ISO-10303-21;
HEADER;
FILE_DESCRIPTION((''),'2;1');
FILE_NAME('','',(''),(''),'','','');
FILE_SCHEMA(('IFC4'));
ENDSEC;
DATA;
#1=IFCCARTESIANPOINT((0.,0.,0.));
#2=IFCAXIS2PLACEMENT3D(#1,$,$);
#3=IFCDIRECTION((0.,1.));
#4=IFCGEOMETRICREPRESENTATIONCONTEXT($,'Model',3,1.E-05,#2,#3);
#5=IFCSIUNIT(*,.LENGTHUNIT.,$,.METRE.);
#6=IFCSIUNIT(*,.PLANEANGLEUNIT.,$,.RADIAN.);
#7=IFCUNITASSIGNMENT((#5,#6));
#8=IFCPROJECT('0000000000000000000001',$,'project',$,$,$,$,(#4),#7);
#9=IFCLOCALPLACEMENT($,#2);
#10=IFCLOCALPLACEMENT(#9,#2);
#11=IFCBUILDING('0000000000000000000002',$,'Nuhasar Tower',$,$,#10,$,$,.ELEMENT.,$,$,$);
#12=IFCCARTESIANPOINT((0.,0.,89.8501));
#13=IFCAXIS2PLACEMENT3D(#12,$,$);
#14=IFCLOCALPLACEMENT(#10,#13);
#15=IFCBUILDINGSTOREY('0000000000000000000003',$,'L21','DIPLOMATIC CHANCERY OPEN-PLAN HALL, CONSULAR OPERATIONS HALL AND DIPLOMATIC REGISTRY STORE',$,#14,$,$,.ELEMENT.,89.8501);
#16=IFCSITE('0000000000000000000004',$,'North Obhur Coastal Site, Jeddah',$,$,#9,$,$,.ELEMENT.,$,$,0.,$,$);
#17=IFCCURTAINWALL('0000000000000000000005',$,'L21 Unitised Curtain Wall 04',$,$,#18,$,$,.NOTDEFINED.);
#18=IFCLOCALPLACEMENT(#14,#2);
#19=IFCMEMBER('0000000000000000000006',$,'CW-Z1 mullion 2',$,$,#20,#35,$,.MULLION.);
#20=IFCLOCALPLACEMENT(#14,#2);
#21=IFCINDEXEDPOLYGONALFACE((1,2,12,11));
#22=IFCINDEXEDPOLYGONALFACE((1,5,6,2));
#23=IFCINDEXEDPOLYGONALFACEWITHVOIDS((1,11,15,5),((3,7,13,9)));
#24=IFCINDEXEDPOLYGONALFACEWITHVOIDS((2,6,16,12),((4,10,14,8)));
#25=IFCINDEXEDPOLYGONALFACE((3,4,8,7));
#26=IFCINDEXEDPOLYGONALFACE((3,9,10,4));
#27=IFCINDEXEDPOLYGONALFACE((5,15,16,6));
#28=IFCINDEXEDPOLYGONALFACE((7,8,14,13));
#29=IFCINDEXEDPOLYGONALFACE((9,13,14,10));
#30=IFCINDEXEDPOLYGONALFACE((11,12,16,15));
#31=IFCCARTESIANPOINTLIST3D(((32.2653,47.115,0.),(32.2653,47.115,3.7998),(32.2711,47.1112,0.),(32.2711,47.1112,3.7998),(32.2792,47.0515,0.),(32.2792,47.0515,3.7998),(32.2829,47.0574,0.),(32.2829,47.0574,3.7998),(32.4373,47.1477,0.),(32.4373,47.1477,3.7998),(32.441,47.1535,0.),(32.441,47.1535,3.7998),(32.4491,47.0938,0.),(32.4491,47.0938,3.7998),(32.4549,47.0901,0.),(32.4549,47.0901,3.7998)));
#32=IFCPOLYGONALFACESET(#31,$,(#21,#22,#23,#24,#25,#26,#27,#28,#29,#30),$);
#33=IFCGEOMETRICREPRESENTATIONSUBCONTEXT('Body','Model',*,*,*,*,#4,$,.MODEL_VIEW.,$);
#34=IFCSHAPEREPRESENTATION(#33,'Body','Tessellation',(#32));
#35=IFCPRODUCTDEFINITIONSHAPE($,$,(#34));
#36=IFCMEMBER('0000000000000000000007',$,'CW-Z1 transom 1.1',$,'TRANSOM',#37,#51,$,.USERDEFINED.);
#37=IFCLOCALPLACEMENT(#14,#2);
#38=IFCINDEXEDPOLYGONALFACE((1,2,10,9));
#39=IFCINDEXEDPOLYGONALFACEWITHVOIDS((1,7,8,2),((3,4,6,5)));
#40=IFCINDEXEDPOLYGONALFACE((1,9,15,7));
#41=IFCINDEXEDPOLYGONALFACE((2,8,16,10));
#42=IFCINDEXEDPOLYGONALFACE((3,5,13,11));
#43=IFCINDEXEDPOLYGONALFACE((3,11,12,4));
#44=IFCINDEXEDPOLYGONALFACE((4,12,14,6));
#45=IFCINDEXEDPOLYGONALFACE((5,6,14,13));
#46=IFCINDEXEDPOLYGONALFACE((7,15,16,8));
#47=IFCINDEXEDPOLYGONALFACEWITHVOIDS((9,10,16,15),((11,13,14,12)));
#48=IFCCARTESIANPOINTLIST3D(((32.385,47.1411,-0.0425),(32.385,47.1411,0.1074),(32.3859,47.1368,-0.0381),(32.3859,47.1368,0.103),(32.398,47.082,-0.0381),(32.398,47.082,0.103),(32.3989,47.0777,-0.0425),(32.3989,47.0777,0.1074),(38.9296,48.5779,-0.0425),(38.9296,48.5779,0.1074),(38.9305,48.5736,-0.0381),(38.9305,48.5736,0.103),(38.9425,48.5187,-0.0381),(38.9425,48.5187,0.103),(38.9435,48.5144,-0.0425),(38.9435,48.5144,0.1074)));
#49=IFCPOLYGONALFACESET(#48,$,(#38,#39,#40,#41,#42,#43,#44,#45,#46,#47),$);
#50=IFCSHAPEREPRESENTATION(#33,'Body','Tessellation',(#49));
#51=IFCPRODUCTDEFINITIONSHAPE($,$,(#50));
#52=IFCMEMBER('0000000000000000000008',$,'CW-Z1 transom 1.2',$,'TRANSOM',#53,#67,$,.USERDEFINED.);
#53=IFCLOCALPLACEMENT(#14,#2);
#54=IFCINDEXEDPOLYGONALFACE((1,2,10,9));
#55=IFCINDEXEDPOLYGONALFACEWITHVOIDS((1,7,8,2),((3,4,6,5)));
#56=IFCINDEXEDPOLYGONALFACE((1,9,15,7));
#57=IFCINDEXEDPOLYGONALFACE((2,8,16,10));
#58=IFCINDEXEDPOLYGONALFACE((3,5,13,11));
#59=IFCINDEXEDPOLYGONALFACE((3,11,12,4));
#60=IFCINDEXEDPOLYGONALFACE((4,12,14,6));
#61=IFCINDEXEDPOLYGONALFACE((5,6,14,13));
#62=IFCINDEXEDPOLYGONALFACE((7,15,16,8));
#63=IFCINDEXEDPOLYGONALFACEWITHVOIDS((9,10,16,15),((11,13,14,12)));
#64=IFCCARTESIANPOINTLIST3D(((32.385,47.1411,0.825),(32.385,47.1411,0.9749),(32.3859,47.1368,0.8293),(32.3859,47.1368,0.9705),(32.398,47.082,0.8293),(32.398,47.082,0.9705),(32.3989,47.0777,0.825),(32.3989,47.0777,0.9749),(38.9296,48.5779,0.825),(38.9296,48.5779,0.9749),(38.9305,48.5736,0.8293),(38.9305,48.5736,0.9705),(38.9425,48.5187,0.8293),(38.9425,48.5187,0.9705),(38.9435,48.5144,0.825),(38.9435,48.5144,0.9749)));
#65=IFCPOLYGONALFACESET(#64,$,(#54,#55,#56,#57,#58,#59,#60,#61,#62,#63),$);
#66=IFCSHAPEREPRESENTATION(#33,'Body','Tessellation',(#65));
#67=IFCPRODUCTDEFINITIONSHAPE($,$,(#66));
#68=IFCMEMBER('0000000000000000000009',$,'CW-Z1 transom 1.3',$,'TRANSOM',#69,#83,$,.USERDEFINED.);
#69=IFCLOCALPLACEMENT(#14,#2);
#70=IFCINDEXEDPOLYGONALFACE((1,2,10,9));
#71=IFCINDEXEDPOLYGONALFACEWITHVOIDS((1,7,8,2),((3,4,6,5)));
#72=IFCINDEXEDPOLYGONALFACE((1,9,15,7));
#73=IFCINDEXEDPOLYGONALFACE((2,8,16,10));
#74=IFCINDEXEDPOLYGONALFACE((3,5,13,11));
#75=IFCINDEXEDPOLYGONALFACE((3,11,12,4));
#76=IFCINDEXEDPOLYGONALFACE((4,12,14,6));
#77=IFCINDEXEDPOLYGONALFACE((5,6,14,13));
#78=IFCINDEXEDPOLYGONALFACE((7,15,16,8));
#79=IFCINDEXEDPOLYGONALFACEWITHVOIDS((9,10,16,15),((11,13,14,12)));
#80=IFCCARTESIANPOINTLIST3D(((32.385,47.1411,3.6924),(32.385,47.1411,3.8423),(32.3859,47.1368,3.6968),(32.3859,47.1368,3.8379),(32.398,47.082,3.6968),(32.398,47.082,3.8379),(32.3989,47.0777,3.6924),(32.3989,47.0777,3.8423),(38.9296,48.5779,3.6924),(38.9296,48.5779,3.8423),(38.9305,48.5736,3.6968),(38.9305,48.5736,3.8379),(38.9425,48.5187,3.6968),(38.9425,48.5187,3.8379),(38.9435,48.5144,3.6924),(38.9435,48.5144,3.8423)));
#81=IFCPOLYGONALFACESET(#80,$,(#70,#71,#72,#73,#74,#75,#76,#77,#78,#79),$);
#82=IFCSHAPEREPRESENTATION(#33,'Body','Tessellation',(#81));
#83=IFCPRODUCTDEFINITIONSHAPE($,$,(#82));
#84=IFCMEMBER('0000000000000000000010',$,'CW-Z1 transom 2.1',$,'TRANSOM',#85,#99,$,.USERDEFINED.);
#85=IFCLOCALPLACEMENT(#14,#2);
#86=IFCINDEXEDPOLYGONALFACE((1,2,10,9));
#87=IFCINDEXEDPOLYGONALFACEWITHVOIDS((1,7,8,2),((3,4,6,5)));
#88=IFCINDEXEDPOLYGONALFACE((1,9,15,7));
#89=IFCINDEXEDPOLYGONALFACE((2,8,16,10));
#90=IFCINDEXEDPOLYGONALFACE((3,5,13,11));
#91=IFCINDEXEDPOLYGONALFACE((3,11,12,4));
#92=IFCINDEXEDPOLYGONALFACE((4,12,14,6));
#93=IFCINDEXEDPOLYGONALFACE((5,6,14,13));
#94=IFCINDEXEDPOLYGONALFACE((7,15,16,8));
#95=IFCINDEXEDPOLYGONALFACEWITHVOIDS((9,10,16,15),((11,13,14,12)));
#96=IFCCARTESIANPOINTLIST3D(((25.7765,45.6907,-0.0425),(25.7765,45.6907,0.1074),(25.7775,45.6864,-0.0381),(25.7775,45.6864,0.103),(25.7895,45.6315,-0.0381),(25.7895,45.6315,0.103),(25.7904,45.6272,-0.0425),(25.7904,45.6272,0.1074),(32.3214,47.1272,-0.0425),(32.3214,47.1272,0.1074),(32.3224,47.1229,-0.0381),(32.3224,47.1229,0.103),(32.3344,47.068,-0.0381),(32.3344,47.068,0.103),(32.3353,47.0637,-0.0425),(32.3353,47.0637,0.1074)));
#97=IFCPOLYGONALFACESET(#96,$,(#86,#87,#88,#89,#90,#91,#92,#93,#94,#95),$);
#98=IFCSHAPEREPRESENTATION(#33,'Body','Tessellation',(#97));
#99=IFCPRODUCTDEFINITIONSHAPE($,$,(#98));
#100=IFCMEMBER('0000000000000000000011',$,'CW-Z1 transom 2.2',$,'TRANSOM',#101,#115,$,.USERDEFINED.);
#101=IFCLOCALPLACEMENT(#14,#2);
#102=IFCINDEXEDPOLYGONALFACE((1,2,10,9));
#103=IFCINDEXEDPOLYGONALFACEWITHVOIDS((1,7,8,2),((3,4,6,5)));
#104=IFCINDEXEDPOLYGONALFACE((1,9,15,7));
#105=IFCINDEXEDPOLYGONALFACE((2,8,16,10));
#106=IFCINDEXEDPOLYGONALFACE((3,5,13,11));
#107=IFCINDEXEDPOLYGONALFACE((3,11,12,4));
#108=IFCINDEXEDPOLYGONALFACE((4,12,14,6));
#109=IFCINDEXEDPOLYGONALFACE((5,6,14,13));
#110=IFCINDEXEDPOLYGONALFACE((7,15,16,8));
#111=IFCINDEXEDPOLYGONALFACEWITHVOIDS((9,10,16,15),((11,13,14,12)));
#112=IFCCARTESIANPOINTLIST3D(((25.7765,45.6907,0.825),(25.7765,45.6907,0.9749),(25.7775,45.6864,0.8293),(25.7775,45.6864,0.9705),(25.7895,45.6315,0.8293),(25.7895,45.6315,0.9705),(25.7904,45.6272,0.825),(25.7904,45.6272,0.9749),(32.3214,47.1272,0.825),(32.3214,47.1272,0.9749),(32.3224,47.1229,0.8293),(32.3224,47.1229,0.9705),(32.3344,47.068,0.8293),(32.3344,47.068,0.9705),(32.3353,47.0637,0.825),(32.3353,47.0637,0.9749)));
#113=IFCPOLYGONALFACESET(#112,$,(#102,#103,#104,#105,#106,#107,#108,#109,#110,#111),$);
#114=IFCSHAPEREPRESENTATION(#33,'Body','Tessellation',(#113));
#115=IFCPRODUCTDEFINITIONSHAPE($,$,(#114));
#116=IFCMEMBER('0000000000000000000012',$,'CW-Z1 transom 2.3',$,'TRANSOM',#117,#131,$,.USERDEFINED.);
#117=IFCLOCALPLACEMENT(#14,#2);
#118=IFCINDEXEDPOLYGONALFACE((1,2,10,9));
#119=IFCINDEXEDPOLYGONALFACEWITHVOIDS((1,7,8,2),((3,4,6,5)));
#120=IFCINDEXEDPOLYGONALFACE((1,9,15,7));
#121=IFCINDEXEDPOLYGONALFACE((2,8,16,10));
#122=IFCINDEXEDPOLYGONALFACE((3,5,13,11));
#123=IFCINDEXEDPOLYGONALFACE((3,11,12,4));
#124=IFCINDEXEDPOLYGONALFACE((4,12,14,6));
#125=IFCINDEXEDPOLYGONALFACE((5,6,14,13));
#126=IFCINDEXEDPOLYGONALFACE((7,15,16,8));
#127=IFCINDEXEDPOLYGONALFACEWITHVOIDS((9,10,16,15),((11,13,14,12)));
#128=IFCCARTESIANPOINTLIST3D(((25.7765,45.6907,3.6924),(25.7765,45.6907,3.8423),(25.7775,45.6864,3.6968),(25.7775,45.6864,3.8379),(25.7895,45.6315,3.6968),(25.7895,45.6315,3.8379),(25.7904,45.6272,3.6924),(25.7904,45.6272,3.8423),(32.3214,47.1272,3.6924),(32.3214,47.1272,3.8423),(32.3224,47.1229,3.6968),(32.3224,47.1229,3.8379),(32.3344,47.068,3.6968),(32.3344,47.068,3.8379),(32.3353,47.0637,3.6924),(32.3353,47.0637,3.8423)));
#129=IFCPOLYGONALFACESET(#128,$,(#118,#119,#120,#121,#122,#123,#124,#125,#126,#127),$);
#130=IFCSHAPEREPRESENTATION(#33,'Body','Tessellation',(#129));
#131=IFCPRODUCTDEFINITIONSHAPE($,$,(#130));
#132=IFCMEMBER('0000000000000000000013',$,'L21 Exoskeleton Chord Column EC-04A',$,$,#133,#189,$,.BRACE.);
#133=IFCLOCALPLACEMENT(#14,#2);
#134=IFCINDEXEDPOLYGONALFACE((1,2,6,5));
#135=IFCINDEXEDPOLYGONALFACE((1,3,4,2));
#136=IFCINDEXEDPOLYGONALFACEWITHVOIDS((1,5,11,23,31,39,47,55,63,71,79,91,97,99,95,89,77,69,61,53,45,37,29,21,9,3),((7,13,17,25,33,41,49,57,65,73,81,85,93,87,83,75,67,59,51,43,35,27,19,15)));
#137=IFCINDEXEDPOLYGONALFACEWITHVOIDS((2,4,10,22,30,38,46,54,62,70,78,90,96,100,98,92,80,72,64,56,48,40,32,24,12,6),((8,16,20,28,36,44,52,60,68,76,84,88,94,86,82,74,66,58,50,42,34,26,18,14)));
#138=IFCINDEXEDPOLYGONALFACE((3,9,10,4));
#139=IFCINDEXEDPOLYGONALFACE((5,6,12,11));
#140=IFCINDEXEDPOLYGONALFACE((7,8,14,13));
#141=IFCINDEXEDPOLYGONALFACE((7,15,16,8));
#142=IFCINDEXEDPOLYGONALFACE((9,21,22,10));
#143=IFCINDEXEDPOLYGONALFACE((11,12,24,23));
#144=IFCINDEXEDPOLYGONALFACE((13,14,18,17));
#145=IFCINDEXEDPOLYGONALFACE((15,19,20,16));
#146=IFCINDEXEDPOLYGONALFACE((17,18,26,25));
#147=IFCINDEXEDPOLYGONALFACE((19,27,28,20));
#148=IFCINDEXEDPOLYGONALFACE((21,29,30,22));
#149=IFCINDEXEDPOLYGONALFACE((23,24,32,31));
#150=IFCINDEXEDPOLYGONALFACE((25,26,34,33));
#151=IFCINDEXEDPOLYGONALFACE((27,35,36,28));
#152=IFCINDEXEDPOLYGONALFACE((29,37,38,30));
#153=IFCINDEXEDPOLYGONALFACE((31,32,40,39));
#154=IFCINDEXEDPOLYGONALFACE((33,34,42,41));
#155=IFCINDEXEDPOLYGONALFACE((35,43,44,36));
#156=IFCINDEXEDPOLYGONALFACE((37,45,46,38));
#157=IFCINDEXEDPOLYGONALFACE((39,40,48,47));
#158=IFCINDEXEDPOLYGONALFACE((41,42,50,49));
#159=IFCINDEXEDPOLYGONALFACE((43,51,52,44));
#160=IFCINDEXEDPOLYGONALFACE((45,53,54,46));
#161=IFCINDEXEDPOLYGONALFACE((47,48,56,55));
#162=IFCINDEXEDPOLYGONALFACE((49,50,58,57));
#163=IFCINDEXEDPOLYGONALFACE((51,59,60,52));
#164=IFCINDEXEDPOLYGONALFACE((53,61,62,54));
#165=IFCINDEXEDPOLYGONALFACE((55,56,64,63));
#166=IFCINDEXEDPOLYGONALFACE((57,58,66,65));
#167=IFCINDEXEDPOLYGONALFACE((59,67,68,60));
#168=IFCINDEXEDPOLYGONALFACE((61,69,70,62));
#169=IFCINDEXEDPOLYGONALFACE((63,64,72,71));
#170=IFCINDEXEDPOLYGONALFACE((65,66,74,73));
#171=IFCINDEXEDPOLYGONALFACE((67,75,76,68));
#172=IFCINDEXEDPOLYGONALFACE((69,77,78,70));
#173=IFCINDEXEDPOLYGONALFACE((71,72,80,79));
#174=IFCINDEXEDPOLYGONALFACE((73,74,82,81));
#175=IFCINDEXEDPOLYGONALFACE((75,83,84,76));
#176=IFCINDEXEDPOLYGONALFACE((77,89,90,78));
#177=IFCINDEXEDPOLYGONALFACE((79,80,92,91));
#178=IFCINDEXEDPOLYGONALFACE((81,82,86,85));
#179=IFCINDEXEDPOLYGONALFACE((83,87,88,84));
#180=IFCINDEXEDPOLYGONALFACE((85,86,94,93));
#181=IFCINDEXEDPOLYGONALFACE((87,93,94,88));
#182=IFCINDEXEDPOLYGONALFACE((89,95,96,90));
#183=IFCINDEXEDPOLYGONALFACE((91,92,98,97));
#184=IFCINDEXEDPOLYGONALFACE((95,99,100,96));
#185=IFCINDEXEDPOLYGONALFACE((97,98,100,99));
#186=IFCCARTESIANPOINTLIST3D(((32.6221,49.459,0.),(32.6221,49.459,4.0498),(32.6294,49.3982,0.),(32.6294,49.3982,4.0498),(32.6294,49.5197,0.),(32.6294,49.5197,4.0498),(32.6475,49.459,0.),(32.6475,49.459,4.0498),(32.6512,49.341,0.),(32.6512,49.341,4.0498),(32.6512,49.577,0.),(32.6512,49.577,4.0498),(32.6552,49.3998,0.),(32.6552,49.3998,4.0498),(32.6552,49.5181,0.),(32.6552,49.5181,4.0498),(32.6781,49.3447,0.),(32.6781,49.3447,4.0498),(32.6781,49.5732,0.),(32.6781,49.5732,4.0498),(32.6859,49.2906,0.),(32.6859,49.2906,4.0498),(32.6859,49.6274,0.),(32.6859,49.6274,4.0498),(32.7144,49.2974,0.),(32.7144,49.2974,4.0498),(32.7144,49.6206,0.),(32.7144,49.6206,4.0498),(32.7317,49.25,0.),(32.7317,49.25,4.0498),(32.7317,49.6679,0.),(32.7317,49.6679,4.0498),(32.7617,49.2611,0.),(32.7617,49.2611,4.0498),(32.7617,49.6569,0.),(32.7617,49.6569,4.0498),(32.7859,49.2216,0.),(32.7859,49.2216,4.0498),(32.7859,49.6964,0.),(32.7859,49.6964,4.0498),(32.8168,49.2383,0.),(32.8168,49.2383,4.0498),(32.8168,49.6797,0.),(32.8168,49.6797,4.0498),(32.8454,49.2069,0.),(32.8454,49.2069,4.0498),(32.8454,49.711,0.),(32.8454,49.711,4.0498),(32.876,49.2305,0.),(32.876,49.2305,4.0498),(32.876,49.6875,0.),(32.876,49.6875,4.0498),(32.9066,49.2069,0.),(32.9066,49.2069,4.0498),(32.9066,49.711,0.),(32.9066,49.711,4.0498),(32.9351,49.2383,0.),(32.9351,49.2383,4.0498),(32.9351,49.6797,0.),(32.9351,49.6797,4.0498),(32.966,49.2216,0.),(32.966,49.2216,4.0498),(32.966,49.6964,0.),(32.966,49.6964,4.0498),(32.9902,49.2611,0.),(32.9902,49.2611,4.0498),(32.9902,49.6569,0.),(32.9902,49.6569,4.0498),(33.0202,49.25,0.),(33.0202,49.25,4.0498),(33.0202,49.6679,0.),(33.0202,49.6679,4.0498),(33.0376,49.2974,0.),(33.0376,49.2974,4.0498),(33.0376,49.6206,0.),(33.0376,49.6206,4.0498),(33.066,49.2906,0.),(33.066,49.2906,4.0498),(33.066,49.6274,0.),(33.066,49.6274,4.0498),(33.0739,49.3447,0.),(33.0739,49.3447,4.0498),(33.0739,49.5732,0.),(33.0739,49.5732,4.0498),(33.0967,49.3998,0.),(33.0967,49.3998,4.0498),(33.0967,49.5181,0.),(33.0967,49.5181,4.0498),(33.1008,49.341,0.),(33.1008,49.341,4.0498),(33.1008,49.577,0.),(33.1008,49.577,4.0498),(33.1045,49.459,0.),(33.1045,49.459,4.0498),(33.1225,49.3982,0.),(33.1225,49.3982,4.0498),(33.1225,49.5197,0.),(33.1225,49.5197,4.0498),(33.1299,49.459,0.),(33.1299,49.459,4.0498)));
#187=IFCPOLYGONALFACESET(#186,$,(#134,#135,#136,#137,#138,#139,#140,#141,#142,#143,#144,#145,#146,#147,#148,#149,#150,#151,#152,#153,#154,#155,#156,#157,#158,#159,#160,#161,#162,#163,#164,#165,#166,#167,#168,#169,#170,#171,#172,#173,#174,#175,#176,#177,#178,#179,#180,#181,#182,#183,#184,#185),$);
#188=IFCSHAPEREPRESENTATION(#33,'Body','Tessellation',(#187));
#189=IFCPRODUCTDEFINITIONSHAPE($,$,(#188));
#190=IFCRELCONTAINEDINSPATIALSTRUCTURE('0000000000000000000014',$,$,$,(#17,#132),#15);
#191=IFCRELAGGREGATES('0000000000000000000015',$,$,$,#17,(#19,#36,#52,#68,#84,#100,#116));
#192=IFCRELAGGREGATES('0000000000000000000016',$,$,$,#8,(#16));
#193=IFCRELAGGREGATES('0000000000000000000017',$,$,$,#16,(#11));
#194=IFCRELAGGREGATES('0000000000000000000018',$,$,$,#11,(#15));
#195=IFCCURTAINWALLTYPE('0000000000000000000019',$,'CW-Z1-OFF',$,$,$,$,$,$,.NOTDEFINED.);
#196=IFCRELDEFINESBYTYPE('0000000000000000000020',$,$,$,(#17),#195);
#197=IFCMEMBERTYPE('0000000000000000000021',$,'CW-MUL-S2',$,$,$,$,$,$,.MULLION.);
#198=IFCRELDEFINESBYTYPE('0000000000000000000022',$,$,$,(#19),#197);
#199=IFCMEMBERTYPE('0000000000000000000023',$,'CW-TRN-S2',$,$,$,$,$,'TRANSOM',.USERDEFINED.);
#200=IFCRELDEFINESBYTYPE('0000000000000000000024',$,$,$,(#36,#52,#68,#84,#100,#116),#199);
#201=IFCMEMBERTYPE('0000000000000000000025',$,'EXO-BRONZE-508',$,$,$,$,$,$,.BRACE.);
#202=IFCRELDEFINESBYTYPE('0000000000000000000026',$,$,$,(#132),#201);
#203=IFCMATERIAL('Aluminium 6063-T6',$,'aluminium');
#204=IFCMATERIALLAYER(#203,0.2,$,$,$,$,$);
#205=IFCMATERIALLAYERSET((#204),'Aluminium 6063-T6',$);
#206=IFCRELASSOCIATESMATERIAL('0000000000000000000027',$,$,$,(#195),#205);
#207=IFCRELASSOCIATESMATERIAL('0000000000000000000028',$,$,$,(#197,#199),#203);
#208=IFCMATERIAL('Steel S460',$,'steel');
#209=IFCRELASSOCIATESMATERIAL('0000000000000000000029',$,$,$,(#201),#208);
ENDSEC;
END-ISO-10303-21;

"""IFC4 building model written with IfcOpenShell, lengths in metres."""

from ifc_helpers import new_model, si_unit, direction, frame, origin, origin_2d, place, context, subcontext, project, spatial, hollow_rectangle, hollow_circle, extrude, material, layer, layer_set, material_profile, profile_set, type_object, element, aggregate, save


model = new_model("IFC4")

# Units and contexts
model_context = context("Model", 3, precision=1e-05, world=origin(), true_north=direction((0.0, 1.0)))
body_context = subcontext(model_context, "Body", "Model", "MODEL_VIEW")
ifc_project = project(units=[si_unit("LENGTHUNIT", "METRE"), si_unit("PLANEANGLEUNIT", "RADIAN")], contexts=[model_context])

# Site, building, storey
site_placement = place(None, origin())
site = spatial("IfcSite", under=ifc_project, at=site_placement, Name="North Obhur Coastal Site, Jeddah", CompositionType="ELEMENT", RefElevation=0.0)
building_placement = place(site_placement, origin())
building = spatial("IfcBuilding", under=site, at=building_placement, Name="Nuhasar Tower", CompositionType="ELEMENT")
storey_placement = place(building_placement, frame((0.0, 0.0, 89.8501)))
storey = spatial("IfcBuildingStorey", under=building, at=storey_placement, Name="L21", Description="DIPLOMATIC CHANCERY OPEN-PLAN HALL, CONSULAR OPERATIONS HALL AND DIPLOMATIC REGISTRY STORE", CompositionType="ELEMENT", Elevation=89.8501)

# Curtain wall, members
ifc_material_1 = material(Name="Aluminium 6063-T6", Category="aluminium")
ifc_layer_1 = layer(ifc_material_1, 0.2)
ifc_layer_set_1 = layer_set([ifc_layer_1], Name="Aluminium 6063-T6")
curtain_wall_type = type_object("IfcCurtainWallType", Name="CW-Z1-OFF", PredefinedType="NOTDEFINED", material=ifc_layer_set_1)
curtain_wall_placement = place(storey_placement, origin())
curtain_wall = element("IfcCurtainWall", 1, at=curtain_wall_placement, inside=storey, type_object=curtain_wall_type, Name="L21 Unitised Curtain Wall 04", PredefinedType="NOTDEFINED")
ifc_material_profile_1 = material_profile(ifc_material_1, hollow_rectangle(XDim=0.0649, YDim=0.1799, WallThickness=0.0049, at=origin_2d()), Name="CWM-2")
ifc_profile_set_1 = profile_set([ifc_material_profile_1], Name="Aluminium 6063-T6")
member_type_1 = type_object("IfcMemberType", Name="CW-MUL-S2", PredefinedType="MULLION", material=ifc_profile_set_1)
member_1_placement = place(storey_placement, frame((32.3601, 47.1025, 0.0), z_axis=(0.0, 0.0, 1.0), x_axis=(0.214399, -0.976746, 0.0)))
member_1 = element("IfcMember", 2, at=member_1_placement, type_object=member_type_1, Name="CW-Z1 mullion 2", PredefinedType="MULLION", context=body_context, shape_type="SweptSolid", body=[
    extrude(hollow_rectangle(XDim=0.0649, YDim=0.1799, WallThickness=0.0049, at=origin_2d()), origin(), (0.0, 0.0, 1.0), 3.7998),
])
ifc_material_profile_2 = material_profile(ifc_material_1, hollow_rectangle(XDim=0.0649, YDim=0.1499, WallThickness=0.0044, at=origin_2d()), Name="CWT-2")
ifc_profile_set_2 = profile_set([ifc_material_profile_2], Name="Aluminium 6063-T6")
member_type_2 = type_object("IfcMemberType", Name="CW-TRN-S2", ElementType="TRANSOM", PredefinedType="USERDEFINED", material=ifc_profile_set_2)
member_2_placement = place(storey_placement, frame((38.9365, 48.5461, 0.0325), z_axis=(-0.97674, -0.214426, 0.0), x_axis=(0.214426, -0.97674, 0.0)))
member_2 = element("IfcMember", 3, at=member_2_placement, type_object=member_type_2, Name="CW-Z1 transom 1.1", ObjectType="TRANSOM", PredefinedType="USERDEFINED", context=body_context, shape_type="SweptSolid", body=[
    extrude(hollow_rectangle(XDim=0.0649, YDim=0.1499, WallThickness=0.0044, at=origin_2d()), origin(), (0.0, 0.0, 1.0), 6.7004),
])
member_3_placement = place(storey_placement, frame((38.9365, 48.5461, 0.8999), z_axis=(-0.97674, -0.214426, 0.0), x_axis=(0.214426, -0.97674, 0.0)))
member_3 = element("IfcMember", 4, at=member_3_placement, type_object=member_type_2, Name="CW-Z1 transom 1.2", ObjectType="TRANSOM", PredefinedType="USERDEFINED", context=body_context, shape_type="SweptSolid", body=[
    extrude(hollow_rectangle(XDim=0.0649, YDim=0.1499, WallThickness=0.0044, at=origin_2d()), origin(), (0.0, 0.0, 1.0), 6.7004),
])
member_4_placement = place(storey_placement, frame((38.9365, 48.5461, 3.7673), z_axis=(-0.97674, -0.214426, 0.0), x_axis=(0.214426, -0.97674, 0.0)))
member_4 = element("IfcMember", 5, at=member_4_placement, type_object=member_type_2, Name="CW-Z1 transom 1.3", ObjectType="TRANSOM", PredefinedType="USERDEFINED", context=body_context, shape_type="SweptSolid", body=[
    extrude(hollow_rectangle(XDim=0.0649, YDim=0.1499, WallThickness=0.0044, at=origin_2d()), origin(), (0.0, 0.0, 1.0), 6.7004),
])
member_5_placement = place(storey_placement, frame((32.3284, 47.0955, 0.0325), z_axis=(-0.97675, -0.214384, 0.0), x_axis=(0.214384, -0.97675, 0.0)))
member_5 = element("IfcMember", 6, at=member_5_placement, type_object=member_type_2, Name="CW-Z1 transom 2.1", ObjectType="TRANSOM", PredefinedType="USERDEFINED", context=body_context, shape_type="SweptSolid", body=[
    extrude(hollow_rectangle(XDim=0.0649, YDim=0.1499, WallThickness=0.0044, at=origin_2d()), origin(), (0.0, 0.0, 1.0), 6.7007),
])
member_6_placement = place(storey_placement, frame((32.3284, 47.0955, 0.8999), z_axis=(-0.97675, -0.214384, 0.0), x_axis=(0.214384, -0.97675, 0.0)))
member_6 = element("IfcMember", 7, at=member_6_placement, type_object=member_type_2, Name="CW-Z1 transom 2.2", ObjectType="TRANSOM", PredefinedType="USERDEFINED", context=body_context, shape_type="SweptSolid", body=[
    extrude(hollow_rectangle(XDim=0.0649, YDim=0.1499, WallThickness=0.0044, at=origin_2d()), origin(), (0.0, 0.0, 1.0), 6.7007),
])
member_7_placement = place(storey_placement, frame((32.3284, 47.0955, 3.7673), z_axis=(-0.97675, -0.214384, 0.0), x_axis=(0.214384, -0.97675, 0.0)))
member_7 = element("IfcMember", 8, at=member_7_placement, type_object=member_type_2, Name="CW-Z1 transom 2.3", ObjectType="TRANSOM", PredefinedType="USERDEFINED", context=body_context, shape_type="SweptSolid", body=[
    extrude(hollow_rectangle(XDim=0.0649, YDim=0.1499, WallThickness=0.0044, at=origin_2d()), origin(), (0.0, 0.0, 1.0), 6.7007),
])

# Member
ifc_material_2 = material(Name="Steel S460", Category="steel")
ifc_material_profile_3 = material_profile(ifc_material_2, hollow_circle(Radius=0.2539, WallThickness=0.0254, at=origin_2d()), Name="HSS508X25.4")
ifc_profile_set_3 = profile_set([ifc_material_profile_3], Name="Steel S460")
member_type_3 = type_object("IfcMemberType", Name="EXO-BRONZE-508", PredefinedType="BRACE", material=ifc_profile_set_3)
member_8_placement = place(storey_placement, frame((32.876, 49.459, 0.0), z_axis=(0.0, 0.0, 1.0), x_axis=(1.0, 0.0, 0.0)))
element("IfcMember", 9, at=member_8_placement, inside=storey, type_object=member_type_3, Name="L21 Exoskeleton Chord Column EC-04A", PredefinedType="BRACE", context=body_context, shape_type="SweptSolid", body=[
    extrude(hollow_circle(Radius=0.2539, WallThickness=0.0254, at=origin_2d()), origin(), (0.0, 0.0, 1.0), 4.0498),
])

aggregate(curtain_wall, [member_1, member_2, member_3, member_4, member_5, member_6, member_7])

save(model, "model.ifc")
